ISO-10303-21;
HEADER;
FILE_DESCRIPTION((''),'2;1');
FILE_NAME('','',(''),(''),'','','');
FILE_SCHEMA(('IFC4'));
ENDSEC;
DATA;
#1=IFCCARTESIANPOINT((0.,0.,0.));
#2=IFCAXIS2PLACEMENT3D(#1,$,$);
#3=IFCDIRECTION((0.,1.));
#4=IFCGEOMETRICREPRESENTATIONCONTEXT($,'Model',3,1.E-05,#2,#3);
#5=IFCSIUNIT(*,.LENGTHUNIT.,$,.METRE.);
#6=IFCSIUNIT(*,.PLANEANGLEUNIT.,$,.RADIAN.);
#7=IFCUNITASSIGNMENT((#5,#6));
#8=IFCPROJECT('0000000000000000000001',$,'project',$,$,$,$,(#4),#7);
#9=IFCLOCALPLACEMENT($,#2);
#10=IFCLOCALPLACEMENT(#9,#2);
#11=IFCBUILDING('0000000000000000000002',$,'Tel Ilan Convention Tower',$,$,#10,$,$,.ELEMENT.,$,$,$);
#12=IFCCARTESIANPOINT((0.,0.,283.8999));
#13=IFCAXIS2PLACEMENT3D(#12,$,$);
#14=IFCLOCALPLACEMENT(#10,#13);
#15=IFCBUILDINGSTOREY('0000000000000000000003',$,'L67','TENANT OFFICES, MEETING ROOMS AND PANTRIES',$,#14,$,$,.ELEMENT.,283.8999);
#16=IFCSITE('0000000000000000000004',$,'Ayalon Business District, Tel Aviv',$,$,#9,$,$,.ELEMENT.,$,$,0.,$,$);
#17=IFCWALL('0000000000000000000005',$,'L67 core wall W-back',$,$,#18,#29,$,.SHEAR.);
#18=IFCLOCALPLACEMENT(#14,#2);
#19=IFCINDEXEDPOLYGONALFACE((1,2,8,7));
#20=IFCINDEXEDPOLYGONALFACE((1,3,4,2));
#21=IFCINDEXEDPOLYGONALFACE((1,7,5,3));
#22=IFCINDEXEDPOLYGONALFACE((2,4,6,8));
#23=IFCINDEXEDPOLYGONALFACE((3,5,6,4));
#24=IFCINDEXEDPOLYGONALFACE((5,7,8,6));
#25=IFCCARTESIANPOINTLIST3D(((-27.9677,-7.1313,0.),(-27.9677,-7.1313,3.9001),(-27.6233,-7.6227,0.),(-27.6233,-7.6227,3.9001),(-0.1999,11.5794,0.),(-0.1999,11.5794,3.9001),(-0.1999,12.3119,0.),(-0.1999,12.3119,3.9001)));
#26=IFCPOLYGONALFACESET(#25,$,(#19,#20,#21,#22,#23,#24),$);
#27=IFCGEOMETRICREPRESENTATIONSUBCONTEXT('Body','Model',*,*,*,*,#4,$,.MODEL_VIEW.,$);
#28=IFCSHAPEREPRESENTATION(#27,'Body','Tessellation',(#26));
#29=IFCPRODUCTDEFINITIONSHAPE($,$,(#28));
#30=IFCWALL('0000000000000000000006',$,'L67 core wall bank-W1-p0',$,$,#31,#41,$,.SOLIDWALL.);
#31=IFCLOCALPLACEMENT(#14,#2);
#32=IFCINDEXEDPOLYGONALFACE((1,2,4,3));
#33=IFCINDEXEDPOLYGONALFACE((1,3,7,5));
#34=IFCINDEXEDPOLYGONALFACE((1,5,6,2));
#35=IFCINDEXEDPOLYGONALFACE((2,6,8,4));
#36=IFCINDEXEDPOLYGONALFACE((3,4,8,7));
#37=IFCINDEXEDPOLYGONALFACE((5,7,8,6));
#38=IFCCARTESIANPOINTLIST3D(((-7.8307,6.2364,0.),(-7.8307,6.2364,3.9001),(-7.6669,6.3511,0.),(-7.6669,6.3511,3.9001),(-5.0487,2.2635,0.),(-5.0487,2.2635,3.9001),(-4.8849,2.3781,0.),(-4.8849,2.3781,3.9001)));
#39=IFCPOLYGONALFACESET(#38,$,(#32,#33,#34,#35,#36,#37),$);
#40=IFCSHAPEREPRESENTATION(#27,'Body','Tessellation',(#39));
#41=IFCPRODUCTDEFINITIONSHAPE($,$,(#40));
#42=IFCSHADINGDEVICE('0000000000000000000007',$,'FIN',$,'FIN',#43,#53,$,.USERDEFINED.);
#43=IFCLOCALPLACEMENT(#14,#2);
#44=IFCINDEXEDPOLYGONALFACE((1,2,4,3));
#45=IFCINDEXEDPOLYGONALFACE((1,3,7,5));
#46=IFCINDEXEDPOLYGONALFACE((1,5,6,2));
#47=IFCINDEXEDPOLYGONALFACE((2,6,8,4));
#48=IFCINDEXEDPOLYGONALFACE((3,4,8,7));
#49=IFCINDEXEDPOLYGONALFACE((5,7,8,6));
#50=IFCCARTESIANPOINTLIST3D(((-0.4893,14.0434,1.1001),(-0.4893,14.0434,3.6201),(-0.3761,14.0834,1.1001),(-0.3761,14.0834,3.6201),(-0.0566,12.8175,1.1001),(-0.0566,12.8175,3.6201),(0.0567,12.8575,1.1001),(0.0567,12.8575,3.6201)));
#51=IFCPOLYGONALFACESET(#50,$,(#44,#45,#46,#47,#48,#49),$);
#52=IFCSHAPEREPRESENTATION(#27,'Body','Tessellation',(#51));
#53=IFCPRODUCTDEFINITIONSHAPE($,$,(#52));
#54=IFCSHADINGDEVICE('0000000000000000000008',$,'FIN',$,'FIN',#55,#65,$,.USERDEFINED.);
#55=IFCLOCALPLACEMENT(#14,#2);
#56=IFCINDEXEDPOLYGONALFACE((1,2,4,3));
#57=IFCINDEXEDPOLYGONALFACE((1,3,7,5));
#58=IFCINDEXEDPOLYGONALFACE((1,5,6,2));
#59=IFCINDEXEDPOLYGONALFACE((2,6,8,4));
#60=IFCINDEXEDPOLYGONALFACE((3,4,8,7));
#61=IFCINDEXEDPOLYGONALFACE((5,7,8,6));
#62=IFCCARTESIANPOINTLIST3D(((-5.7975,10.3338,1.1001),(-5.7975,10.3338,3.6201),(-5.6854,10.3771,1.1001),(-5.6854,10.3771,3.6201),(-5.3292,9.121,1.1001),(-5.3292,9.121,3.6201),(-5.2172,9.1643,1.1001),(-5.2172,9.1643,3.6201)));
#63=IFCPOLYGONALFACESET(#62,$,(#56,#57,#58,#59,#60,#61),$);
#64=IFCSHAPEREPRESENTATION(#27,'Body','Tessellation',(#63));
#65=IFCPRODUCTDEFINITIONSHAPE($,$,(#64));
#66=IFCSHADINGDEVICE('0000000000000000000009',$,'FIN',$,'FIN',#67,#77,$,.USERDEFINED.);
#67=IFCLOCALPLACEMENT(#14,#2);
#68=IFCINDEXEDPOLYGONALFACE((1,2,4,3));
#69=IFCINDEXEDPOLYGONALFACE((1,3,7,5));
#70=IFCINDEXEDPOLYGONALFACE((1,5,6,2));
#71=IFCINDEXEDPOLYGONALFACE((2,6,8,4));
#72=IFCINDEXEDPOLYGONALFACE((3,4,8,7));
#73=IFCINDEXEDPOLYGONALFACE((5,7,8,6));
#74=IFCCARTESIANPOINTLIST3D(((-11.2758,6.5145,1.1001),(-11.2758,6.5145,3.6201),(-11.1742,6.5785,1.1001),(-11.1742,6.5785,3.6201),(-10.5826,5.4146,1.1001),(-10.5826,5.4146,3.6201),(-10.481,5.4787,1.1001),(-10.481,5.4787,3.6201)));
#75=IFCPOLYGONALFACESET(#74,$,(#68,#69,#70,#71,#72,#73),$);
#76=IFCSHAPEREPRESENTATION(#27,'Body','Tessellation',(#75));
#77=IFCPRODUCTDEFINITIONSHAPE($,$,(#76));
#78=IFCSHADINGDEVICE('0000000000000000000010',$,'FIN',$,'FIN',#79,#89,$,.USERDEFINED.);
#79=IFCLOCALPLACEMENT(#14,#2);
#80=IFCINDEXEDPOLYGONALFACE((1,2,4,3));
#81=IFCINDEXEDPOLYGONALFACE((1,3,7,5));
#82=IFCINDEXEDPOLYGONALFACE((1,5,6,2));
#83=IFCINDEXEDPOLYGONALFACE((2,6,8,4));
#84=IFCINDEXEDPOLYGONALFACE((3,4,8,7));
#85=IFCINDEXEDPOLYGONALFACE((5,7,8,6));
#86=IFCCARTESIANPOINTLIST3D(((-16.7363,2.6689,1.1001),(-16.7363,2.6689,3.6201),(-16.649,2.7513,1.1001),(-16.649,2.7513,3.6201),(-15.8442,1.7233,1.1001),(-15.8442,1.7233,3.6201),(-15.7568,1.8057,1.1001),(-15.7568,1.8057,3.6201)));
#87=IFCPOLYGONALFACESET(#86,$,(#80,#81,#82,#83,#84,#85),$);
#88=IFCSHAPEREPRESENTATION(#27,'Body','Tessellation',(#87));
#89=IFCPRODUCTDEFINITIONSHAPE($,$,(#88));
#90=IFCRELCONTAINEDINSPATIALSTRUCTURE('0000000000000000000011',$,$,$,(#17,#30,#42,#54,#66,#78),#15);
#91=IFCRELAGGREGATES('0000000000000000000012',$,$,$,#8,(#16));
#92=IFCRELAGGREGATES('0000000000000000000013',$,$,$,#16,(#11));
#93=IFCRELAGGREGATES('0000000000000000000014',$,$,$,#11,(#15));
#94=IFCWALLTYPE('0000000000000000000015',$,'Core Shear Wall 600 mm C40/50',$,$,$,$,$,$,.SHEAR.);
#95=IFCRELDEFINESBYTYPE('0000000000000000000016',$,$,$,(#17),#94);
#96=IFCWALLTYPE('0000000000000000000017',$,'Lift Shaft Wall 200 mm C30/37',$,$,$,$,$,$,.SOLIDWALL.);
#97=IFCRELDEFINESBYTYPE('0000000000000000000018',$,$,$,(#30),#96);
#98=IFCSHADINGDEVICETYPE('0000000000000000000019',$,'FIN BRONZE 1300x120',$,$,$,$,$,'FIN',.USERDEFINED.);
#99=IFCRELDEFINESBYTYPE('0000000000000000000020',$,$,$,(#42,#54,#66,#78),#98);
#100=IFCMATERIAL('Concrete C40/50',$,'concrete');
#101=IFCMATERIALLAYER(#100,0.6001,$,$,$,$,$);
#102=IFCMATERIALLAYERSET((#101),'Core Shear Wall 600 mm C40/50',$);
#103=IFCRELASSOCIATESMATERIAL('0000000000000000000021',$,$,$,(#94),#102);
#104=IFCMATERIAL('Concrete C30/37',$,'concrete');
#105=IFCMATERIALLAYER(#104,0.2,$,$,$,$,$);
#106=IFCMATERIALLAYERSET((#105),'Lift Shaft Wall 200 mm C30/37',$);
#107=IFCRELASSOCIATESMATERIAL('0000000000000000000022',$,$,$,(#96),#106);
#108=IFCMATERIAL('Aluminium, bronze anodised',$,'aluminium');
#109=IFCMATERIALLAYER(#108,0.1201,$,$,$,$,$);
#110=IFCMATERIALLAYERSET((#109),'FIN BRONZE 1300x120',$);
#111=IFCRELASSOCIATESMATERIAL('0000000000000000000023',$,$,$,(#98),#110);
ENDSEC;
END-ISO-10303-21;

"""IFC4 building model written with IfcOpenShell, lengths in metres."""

from ifc_helpers import new_model, si_unit, direction, frame, frame_2d, origin, origin_2d, place, context, subcontext, project, spatial, polyline, rectangle, outline, extrude, material, layer, layer_set, type_object, element, save


model = new_model("IFC4")

# Units and contexts
model_context = context("Model", 3, precision=1e-05, world=origin(), true_north=direction((0.0, 1.0)))
body_context = subcontext(model_context, "Body", "Model", "MODEL_VIEW")
ifc_project = project(units=[si_unit("LENGTHUNIT", "METRE"), si_unit("PLANEANGLEUNIT", "RADIAN")], contexts=[model_context])

# Site, building, storey
site_placement = place(None, origin())
site = spatial("IfcSite", under=ifc_project, at=site_placement, Name="Ayalon Business District, Tel Aviv", CompositionType="ELEMENT", RefElevation=0.0)
building_placement = place(site_placement, origin())
building = spatial("IfcBuilding", under=site, at=building_placement, Name="Tel Ilan Convention Tower", CompositionType="ELEMENT")
storey_placement = place(building_placement, frame((0.0, 0.0, 283.8999)))
storey = spatial("IfcBuildingStorey", under=building, at=storey_placement, Name="L67", Description="TENANT OFFICES, MEETING ROOMS AND PANTRIES", CompositionType="ELEMENT", Elevation=283.8999)

# Walls
ifc_material_1 = material(Name="Concrete C40/50", Category="concrete")
ifc_layer_1 = layer(ifc_material_1, 0.6001)
ifc_layer_set_1 = layer_set([ifc_layer_1], Name="Core Shear Wall 600 mm C40/50")
wall_type_1 = type_object("IfcWallType", Name="Core Shear Wall 600 mm C40/50", PredefinedType="SHEAR", material=ifc_layer_set_1)
wall_1_placement = place(storey_placement, frame((-0.0278, 12.0662, 0.0), z_axis=(0.0, 0.0, 1.0), x_axis=(-0.819151, -0.573577, 0.0)))
element("IfcWall", 1, at=wall_1_placement, inside=storey, type_object=wall_type_1, Name="L67 core wall W-back", PredefinedType="SHEAR", context=body_context, shape_type="SweptSolid", body=[
    extrude(outline(polyline([(33.8979, 0.3), (0.4202, 0.3), (0.0, -0.3), (33.8982, -0.3), (33.8979, 0.3)])), origin(), (0.0, 0.0, 1.0), 3.9001),
])
ifc_material_2 = material(Name="Concrete C30/37", Category="concrete")
ifc_layer_2 = layer(ifc_material_2, 0.2)
ifc_layer_set_2 = layer_set([ifc_layer_2], Name="Lift Shaft Wall 200 mm C30/37")
wall_type_2 = type_object("IfcWallType", Name="Lift Shaft Wall 200 mm C30/37", PredefinedType="SOLIDWALL", material=ifc_layer_set_2)
wall_2_placement = place(storey_placement, frame((-4.9668, 2.3208, 0.0), z_axis=(0.0, 0.0, 1.0), x_axis=(-0.573594, 0.81914, 0.0)))
element("IfcWall", 2, at=wall_2_placement, inside=storey, type_object=wall_type_2, Name="L67 core wall bank-W1-p0", PredefinedType="SOLIDWALL", context=body_context, shape_type="SweptSolid", body=[
    extrude(rectangle(XDim=4.8501, YDim=0.2, at=frame_2d((2.425, 0.0))), origin(), (0.0, 0.0, 1.0), 3.9001),
])

# Shading devices
ifc_material_3 = material(Name="Aluminium, bronze anodised", Category="aluminium")
ifc_layer_3 = layer(ifc_material_3, 0.1201)
ifc_layer_set_3 = layer_set([ifc_layer_3], Name="FIN BRONZE 1300x120")
shading_device_type = type_object("IfcShadingDeviceType", Name="FIN BRONZE 1300x120", ElementType="FIN", PredefinedType="USERDEFINED", material=ifc_layer_set_3)
for number, where, z_axis, x_axis, name in (
    (3, (-0.2163, 13.4504, 1.1001), (0.0, 0.0, 1.0), (-0.332893, 0.942965, 0.0), "FIN"),
    (4, (-5.5073, 9.749, 1.1001), (0.0, 0.0, 1.0), (-0.360178, 0.932884, 0.0), "FIN"),
    (5, (-10.8784, 5.9966, 1.1001), (0.0, 0.0, 1.0), (-0.533204, 0.845986, 0.0), "FIN"),
    (6, (-16.2466, 2.2373, 1.1001), (0.0, 0.0, 1.0), (-0.686242, 0.727374, 0.0), "FIN"),
):
    element("IfcShadingDevice", number, at=place(storey_placement, frame(where, z_axis=z_axis, x_axis=x_axis)), inside=storey, type_object=shading_device_type, Name=name, ObjectType="FIN", PredefinedType="USERDEFINED", context=body_context, shape_type="SweptSolid", body=[
        extrude(rectangle(XDim=1.3, YDim=0.1201, at=origin_2d()), origin(), (0.0, 0.0, 1.0), 2.52),
    ])

save(model, "model.ifc")
